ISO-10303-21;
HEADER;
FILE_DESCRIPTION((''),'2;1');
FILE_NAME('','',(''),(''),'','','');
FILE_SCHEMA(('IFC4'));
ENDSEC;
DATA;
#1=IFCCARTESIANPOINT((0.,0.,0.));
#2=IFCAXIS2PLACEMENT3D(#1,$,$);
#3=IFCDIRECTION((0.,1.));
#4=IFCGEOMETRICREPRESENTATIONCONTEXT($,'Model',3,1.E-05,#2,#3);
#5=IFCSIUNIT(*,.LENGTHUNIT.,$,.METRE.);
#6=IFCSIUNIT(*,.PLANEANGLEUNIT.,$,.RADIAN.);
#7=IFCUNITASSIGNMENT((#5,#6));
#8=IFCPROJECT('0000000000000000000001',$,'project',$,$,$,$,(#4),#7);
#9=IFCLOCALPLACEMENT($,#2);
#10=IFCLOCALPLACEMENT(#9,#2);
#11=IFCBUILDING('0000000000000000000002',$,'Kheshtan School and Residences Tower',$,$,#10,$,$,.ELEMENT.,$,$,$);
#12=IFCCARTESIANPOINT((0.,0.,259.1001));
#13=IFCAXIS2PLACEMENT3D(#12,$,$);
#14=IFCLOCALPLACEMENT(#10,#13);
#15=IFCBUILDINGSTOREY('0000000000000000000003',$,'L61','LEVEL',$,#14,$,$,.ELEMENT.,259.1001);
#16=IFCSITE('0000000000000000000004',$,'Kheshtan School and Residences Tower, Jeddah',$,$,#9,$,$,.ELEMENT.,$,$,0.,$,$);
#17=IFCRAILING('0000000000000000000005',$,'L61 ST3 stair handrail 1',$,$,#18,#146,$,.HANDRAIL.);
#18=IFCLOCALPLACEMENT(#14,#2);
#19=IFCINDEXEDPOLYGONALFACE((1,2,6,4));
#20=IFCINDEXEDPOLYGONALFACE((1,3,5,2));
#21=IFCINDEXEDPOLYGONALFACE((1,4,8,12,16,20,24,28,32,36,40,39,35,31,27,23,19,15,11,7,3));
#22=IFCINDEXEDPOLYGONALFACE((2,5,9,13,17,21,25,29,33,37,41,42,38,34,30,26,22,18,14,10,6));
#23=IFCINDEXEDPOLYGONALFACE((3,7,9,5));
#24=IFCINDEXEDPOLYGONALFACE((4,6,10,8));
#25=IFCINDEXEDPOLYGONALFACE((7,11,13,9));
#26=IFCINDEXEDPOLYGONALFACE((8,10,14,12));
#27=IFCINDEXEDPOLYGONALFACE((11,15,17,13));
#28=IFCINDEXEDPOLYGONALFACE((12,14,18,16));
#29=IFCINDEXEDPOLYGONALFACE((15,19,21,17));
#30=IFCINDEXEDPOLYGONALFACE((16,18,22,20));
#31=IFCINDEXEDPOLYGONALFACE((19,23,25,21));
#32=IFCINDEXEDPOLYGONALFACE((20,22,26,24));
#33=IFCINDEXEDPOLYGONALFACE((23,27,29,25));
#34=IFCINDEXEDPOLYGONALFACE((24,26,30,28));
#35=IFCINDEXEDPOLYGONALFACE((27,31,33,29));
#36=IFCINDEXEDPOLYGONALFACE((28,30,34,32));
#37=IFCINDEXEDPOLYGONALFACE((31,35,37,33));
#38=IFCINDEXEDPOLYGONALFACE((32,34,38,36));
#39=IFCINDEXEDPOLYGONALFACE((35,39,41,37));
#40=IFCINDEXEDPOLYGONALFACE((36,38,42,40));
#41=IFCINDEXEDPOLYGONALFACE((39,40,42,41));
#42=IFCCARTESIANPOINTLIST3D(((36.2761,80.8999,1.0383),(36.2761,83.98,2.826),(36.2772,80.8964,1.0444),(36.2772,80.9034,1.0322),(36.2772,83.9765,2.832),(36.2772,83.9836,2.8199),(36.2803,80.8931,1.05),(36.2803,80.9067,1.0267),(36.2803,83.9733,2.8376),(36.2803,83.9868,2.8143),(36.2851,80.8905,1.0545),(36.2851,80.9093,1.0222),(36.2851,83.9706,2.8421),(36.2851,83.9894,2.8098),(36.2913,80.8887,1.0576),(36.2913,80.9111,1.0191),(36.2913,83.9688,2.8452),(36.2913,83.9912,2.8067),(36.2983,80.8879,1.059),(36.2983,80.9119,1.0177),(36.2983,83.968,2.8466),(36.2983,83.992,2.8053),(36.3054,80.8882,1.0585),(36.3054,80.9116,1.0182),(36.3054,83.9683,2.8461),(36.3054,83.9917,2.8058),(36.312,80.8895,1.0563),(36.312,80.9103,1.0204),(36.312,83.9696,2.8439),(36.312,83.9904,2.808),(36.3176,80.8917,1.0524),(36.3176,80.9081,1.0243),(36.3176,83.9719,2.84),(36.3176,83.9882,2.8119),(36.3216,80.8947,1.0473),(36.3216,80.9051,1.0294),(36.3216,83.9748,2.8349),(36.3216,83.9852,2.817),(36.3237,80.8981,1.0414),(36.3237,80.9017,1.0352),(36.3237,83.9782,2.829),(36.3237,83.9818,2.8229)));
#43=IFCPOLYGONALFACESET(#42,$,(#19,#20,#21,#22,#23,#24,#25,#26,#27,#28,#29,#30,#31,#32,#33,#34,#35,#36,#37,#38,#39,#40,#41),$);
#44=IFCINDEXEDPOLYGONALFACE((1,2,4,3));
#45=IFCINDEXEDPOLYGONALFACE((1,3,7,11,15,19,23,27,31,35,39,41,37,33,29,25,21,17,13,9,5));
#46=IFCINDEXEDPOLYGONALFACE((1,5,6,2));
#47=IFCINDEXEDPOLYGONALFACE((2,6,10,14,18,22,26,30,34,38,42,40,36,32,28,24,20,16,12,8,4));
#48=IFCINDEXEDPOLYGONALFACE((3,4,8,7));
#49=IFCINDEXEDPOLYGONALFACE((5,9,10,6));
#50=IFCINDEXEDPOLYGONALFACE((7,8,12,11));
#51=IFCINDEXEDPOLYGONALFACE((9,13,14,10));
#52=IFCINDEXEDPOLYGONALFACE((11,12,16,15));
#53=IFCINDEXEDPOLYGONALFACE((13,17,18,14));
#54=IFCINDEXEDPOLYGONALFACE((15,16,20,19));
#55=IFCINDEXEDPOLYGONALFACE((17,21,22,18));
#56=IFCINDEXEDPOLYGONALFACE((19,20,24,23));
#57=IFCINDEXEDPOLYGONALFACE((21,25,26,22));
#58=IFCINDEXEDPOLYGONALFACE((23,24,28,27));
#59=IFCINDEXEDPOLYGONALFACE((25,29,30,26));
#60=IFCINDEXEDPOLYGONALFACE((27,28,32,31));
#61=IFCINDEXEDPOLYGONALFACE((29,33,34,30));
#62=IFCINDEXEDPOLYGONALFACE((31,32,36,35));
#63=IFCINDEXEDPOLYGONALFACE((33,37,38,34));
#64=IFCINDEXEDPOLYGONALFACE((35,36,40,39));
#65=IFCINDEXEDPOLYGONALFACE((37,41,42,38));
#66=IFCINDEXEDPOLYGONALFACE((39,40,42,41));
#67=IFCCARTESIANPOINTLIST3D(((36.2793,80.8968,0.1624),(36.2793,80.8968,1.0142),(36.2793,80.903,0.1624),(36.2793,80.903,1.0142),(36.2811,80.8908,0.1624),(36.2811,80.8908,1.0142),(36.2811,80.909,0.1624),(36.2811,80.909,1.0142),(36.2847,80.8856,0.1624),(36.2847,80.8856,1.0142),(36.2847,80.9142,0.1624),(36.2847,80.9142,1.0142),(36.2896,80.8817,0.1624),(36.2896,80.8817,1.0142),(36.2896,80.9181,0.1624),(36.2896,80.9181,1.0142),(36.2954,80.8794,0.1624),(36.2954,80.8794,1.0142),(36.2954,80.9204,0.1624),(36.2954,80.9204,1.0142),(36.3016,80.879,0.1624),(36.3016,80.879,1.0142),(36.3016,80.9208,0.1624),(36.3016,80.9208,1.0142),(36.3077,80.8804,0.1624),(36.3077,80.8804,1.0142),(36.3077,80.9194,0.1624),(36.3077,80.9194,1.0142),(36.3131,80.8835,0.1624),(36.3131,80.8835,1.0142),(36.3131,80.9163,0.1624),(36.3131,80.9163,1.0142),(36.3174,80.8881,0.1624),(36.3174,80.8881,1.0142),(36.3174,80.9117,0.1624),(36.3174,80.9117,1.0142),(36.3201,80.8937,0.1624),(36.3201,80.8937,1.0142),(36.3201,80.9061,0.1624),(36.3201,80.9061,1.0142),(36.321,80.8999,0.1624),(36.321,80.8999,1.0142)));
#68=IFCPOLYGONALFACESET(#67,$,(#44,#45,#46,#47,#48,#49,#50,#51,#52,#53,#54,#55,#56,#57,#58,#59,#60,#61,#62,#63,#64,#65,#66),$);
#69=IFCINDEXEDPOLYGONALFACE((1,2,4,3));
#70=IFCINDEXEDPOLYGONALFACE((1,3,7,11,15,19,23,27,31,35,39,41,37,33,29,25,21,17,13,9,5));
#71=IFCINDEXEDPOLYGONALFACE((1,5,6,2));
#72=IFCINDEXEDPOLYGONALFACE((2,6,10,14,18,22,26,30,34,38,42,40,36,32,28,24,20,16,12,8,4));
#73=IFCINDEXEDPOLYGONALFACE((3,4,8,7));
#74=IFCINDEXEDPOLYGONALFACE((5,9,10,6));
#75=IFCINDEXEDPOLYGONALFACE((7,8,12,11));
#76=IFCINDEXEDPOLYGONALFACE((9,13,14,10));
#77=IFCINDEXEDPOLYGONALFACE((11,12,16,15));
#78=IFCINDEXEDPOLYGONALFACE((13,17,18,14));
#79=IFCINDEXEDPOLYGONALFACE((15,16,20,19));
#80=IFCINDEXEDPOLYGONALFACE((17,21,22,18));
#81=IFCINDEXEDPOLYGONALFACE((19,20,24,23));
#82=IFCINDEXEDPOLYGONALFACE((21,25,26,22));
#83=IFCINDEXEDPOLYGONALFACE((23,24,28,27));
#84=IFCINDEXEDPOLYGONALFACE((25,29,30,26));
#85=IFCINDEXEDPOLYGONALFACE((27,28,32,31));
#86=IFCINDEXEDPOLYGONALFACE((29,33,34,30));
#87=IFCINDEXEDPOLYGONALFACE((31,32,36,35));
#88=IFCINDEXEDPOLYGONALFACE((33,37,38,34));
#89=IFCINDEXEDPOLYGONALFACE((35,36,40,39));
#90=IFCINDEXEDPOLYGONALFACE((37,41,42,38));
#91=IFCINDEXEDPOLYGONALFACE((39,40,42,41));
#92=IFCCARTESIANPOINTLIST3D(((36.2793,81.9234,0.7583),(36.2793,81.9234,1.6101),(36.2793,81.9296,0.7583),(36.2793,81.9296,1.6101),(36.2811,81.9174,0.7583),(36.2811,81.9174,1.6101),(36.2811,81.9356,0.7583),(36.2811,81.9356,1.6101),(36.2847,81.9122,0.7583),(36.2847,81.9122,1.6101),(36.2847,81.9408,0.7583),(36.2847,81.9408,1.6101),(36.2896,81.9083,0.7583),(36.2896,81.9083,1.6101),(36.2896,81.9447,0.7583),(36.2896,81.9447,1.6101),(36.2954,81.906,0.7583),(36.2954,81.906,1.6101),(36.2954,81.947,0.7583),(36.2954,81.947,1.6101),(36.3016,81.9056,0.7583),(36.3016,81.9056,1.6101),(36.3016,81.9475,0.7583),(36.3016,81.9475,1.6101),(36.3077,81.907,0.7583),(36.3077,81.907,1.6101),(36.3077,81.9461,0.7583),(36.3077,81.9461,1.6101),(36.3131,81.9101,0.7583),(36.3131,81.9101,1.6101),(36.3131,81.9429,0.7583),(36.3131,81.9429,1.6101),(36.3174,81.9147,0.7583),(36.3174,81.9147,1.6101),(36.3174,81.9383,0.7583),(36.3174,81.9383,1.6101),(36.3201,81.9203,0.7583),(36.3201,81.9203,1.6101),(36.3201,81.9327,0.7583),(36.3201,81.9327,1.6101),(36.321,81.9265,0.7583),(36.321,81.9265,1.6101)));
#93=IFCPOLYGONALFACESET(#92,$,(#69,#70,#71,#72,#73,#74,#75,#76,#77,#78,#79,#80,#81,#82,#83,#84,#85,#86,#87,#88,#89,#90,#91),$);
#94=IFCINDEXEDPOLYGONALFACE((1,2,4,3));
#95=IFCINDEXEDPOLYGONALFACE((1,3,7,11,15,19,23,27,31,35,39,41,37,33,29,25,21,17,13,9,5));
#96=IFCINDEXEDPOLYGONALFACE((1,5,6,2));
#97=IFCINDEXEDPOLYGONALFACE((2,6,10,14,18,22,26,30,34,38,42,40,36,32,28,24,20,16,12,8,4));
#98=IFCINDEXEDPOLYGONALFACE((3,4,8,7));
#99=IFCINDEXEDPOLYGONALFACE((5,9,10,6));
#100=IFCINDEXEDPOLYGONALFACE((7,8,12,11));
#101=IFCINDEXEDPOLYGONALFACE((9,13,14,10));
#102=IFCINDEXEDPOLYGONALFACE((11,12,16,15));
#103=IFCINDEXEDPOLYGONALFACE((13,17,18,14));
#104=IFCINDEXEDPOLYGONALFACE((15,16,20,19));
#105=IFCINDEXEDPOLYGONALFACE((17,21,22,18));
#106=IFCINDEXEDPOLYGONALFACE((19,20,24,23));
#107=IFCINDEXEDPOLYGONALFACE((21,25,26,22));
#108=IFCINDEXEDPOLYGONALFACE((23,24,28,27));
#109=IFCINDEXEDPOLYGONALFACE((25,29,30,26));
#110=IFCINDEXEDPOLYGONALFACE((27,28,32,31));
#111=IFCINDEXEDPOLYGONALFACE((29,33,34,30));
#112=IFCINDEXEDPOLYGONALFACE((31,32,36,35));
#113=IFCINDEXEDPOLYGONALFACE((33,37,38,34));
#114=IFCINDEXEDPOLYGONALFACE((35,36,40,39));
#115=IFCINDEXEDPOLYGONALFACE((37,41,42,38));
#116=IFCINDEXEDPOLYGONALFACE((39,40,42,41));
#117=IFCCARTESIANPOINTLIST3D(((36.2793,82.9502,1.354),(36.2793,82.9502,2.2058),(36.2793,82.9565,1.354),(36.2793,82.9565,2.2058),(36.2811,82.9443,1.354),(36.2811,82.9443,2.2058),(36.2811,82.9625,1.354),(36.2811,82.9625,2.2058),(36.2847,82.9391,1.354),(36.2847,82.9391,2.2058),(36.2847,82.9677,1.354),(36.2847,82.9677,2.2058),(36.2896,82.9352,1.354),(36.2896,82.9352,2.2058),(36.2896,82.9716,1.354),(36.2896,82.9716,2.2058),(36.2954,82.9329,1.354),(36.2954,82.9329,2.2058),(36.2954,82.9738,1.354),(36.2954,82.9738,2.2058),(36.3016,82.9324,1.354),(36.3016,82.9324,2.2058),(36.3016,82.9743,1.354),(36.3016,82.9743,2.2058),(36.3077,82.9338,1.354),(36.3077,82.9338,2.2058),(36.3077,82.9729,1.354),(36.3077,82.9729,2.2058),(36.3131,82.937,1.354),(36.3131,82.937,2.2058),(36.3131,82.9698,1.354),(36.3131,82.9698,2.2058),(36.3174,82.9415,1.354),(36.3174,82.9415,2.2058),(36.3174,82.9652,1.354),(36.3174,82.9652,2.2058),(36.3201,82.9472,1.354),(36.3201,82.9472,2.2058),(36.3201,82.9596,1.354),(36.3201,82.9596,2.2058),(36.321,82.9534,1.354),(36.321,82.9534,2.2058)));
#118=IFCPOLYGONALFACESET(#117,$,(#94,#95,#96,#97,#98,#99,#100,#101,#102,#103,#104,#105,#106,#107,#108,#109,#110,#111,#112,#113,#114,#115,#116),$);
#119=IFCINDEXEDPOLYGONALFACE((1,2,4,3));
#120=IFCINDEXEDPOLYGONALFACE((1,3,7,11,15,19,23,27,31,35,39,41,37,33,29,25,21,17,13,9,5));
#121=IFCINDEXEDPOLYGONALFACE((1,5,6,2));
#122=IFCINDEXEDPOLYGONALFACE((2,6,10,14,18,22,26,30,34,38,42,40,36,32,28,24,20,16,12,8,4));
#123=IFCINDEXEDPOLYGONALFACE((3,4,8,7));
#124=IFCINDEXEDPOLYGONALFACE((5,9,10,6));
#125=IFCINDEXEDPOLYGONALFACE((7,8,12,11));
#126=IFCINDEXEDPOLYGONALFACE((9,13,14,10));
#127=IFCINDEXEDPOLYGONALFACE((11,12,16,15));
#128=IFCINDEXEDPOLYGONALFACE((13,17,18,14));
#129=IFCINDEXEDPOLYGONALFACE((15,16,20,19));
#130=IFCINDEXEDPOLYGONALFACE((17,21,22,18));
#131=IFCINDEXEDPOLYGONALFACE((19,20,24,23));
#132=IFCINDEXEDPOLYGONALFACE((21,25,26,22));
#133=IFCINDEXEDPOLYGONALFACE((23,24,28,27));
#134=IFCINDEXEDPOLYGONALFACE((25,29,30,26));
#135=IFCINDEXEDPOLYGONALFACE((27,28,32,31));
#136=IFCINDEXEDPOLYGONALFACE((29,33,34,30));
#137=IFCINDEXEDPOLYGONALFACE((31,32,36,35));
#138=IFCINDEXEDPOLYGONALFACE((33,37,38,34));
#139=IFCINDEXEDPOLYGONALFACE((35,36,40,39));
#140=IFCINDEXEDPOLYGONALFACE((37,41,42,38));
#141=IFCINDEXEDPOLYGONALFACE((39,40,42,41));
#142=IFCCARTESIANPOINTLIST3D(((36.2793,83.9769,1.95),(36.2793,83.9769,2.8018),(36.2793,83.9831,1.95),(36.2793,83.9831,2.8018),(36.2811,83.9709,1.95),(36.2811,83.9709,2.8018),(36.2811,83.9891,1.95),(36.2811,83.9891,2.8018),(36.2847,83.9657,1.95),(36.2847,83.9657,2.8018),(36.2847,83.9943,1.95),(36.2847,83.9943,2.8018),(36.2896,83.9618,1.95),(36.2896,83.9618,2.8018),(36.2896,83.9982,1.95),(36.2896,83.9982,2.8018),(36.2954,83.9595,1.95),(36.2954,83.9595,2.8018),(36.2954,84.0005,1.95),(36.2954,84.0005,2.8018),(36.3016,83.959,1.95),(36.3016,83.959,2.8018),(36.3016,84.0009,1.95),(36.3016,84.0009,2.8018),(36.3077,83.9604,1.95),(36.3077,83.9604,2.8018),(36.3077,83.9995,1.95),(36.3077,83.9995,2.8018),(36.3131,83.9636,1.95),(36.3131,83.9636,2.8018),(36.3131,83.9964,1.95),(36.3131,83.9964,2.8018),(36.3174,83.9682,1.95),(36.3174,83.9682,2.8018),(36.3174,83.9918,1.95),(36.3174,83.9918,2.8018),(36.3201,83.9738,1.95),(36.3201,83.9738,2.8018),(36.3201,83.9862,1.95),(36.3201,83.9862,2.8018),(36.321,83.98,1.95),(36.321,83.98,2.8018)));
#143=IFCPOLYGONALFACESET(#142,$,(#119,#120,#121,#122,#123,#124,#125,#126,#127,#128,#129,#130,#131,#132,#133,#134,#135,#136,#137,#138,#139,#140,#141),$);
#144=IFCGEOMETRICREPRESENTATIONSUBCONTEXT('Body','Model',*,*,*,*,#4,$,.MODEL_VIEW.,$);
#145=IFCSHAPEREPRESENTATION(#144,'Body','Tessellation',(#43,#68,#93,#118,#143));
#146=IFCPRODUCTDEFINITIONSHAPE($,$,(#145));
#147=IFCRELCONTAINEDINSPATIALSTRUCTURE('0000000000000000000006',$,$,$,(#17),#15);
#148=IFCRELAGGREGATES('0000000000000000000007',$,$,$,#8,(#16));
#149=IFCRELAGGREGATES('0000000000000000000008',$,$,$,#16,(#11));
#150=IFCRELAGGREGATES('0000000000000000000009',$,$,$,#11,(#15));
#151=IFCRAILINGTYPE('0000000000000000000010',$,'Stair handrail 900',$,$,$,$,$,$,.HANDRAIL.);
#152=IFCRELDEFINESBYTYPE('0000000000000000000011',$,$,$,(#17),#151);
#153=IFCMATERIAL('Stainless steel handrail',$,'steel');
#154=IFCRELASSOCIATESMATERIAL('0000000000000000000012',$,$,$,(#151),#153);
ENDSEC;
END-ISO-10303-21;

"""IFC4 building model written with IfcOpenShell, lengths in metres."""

from ifc_helpers import new_model, si_unit, direction, frame, origin, origin_2d, place, context, subcontext, project, spatial, circle, extrude, material, type_object, element, save


model = new_model("IFC4")

# Units and contexts
model_context = context("Model", 3, precision=1e-05, world=origin(), true_north=direction((0.0, 1.0)))
body_context = subcontext(model_context, "Body", "Model", "MODEL_VIEW")
ifc_project = project(units=[si_unit("LENGTHUNIT", "METRE"), si_unit("PLANEANGLEUNIT", "RADIAN")], contexts=[model_context])

# Site, building, storey
site_placement = place(None, origin())
site = spatial("IfcSite", under=ifc_project, at=site_placement, Name="Kheshtan School and Residences Tower, Jeddah", CompositionType="ELEMENT", RefElevation=0.0)
building_placement = place(site_placement, origin())
building = spatial("IfcBuilding", under=site, at=building_placement, Name="Kheshtan School and Residences Tower", CompositionType="ELEMENT")
storey_placement = place(building_placement, frame((0.0, 0.0, 259.1001)))
storey = spatial("IfcBuildingStorey", under=building, at=storey_placement, Name="L61", Description="LEVEL", CompositionType="ELEMENT", Elevation=259.1001)

# Railing
ifc_material_1 = material(Name="Stainless steel handrail", Category="steel")
railing_type_1 = type_object("IfcRailingType", Name="Stair handrail 900", PredefinedType="HANDRAIL", material=ifc_material_1)
railing_1_placement = place(storey_placement, frame((36.3, 80.8999, 0.1624)))
element("IfcRailing", 1, at=railing_1_placement, inside=storey, type_object=railing_type_1, Name="L61 ST3 stair handrail 1", PredefinedType="HANDRAIL", context=body_context, shape_type="SweptSolid", body=[
    extrude(circle(Radius=0.0239, at=origin_2d()), frame((0.0, 0.0, 0.876), z_axis=(0.0, 0.864891, 0.50196), x_axis=(-1.0, 0.0, 0.0)), (0.0, 0.0, 1.0), 3.5613),
    extrude(circle(Radius=0.021, at=origin_2d()), origin(), (0.0, 0.0, 1.0), 0.8518),
    extrude(circle(Radius=0.021, at=origin_2d()), frame((0.0, 1.0266, 0.5959)), (0.0, 0.0, 1.0), 0.8518),
    extrude(circle(Radius=0.021, at=origin_2d()), frame((0.0, 2.0535, 1.1917)), (0.0, 0.0, 1.0), 0.8518),
    extrude(circle(Radius=0.021, at=origin_2d()), frame((0.0, 3.0801, 1.7876)), (0.0, 0.0, 1.0), 0.8518),
])

save(model, "model.ifc")
